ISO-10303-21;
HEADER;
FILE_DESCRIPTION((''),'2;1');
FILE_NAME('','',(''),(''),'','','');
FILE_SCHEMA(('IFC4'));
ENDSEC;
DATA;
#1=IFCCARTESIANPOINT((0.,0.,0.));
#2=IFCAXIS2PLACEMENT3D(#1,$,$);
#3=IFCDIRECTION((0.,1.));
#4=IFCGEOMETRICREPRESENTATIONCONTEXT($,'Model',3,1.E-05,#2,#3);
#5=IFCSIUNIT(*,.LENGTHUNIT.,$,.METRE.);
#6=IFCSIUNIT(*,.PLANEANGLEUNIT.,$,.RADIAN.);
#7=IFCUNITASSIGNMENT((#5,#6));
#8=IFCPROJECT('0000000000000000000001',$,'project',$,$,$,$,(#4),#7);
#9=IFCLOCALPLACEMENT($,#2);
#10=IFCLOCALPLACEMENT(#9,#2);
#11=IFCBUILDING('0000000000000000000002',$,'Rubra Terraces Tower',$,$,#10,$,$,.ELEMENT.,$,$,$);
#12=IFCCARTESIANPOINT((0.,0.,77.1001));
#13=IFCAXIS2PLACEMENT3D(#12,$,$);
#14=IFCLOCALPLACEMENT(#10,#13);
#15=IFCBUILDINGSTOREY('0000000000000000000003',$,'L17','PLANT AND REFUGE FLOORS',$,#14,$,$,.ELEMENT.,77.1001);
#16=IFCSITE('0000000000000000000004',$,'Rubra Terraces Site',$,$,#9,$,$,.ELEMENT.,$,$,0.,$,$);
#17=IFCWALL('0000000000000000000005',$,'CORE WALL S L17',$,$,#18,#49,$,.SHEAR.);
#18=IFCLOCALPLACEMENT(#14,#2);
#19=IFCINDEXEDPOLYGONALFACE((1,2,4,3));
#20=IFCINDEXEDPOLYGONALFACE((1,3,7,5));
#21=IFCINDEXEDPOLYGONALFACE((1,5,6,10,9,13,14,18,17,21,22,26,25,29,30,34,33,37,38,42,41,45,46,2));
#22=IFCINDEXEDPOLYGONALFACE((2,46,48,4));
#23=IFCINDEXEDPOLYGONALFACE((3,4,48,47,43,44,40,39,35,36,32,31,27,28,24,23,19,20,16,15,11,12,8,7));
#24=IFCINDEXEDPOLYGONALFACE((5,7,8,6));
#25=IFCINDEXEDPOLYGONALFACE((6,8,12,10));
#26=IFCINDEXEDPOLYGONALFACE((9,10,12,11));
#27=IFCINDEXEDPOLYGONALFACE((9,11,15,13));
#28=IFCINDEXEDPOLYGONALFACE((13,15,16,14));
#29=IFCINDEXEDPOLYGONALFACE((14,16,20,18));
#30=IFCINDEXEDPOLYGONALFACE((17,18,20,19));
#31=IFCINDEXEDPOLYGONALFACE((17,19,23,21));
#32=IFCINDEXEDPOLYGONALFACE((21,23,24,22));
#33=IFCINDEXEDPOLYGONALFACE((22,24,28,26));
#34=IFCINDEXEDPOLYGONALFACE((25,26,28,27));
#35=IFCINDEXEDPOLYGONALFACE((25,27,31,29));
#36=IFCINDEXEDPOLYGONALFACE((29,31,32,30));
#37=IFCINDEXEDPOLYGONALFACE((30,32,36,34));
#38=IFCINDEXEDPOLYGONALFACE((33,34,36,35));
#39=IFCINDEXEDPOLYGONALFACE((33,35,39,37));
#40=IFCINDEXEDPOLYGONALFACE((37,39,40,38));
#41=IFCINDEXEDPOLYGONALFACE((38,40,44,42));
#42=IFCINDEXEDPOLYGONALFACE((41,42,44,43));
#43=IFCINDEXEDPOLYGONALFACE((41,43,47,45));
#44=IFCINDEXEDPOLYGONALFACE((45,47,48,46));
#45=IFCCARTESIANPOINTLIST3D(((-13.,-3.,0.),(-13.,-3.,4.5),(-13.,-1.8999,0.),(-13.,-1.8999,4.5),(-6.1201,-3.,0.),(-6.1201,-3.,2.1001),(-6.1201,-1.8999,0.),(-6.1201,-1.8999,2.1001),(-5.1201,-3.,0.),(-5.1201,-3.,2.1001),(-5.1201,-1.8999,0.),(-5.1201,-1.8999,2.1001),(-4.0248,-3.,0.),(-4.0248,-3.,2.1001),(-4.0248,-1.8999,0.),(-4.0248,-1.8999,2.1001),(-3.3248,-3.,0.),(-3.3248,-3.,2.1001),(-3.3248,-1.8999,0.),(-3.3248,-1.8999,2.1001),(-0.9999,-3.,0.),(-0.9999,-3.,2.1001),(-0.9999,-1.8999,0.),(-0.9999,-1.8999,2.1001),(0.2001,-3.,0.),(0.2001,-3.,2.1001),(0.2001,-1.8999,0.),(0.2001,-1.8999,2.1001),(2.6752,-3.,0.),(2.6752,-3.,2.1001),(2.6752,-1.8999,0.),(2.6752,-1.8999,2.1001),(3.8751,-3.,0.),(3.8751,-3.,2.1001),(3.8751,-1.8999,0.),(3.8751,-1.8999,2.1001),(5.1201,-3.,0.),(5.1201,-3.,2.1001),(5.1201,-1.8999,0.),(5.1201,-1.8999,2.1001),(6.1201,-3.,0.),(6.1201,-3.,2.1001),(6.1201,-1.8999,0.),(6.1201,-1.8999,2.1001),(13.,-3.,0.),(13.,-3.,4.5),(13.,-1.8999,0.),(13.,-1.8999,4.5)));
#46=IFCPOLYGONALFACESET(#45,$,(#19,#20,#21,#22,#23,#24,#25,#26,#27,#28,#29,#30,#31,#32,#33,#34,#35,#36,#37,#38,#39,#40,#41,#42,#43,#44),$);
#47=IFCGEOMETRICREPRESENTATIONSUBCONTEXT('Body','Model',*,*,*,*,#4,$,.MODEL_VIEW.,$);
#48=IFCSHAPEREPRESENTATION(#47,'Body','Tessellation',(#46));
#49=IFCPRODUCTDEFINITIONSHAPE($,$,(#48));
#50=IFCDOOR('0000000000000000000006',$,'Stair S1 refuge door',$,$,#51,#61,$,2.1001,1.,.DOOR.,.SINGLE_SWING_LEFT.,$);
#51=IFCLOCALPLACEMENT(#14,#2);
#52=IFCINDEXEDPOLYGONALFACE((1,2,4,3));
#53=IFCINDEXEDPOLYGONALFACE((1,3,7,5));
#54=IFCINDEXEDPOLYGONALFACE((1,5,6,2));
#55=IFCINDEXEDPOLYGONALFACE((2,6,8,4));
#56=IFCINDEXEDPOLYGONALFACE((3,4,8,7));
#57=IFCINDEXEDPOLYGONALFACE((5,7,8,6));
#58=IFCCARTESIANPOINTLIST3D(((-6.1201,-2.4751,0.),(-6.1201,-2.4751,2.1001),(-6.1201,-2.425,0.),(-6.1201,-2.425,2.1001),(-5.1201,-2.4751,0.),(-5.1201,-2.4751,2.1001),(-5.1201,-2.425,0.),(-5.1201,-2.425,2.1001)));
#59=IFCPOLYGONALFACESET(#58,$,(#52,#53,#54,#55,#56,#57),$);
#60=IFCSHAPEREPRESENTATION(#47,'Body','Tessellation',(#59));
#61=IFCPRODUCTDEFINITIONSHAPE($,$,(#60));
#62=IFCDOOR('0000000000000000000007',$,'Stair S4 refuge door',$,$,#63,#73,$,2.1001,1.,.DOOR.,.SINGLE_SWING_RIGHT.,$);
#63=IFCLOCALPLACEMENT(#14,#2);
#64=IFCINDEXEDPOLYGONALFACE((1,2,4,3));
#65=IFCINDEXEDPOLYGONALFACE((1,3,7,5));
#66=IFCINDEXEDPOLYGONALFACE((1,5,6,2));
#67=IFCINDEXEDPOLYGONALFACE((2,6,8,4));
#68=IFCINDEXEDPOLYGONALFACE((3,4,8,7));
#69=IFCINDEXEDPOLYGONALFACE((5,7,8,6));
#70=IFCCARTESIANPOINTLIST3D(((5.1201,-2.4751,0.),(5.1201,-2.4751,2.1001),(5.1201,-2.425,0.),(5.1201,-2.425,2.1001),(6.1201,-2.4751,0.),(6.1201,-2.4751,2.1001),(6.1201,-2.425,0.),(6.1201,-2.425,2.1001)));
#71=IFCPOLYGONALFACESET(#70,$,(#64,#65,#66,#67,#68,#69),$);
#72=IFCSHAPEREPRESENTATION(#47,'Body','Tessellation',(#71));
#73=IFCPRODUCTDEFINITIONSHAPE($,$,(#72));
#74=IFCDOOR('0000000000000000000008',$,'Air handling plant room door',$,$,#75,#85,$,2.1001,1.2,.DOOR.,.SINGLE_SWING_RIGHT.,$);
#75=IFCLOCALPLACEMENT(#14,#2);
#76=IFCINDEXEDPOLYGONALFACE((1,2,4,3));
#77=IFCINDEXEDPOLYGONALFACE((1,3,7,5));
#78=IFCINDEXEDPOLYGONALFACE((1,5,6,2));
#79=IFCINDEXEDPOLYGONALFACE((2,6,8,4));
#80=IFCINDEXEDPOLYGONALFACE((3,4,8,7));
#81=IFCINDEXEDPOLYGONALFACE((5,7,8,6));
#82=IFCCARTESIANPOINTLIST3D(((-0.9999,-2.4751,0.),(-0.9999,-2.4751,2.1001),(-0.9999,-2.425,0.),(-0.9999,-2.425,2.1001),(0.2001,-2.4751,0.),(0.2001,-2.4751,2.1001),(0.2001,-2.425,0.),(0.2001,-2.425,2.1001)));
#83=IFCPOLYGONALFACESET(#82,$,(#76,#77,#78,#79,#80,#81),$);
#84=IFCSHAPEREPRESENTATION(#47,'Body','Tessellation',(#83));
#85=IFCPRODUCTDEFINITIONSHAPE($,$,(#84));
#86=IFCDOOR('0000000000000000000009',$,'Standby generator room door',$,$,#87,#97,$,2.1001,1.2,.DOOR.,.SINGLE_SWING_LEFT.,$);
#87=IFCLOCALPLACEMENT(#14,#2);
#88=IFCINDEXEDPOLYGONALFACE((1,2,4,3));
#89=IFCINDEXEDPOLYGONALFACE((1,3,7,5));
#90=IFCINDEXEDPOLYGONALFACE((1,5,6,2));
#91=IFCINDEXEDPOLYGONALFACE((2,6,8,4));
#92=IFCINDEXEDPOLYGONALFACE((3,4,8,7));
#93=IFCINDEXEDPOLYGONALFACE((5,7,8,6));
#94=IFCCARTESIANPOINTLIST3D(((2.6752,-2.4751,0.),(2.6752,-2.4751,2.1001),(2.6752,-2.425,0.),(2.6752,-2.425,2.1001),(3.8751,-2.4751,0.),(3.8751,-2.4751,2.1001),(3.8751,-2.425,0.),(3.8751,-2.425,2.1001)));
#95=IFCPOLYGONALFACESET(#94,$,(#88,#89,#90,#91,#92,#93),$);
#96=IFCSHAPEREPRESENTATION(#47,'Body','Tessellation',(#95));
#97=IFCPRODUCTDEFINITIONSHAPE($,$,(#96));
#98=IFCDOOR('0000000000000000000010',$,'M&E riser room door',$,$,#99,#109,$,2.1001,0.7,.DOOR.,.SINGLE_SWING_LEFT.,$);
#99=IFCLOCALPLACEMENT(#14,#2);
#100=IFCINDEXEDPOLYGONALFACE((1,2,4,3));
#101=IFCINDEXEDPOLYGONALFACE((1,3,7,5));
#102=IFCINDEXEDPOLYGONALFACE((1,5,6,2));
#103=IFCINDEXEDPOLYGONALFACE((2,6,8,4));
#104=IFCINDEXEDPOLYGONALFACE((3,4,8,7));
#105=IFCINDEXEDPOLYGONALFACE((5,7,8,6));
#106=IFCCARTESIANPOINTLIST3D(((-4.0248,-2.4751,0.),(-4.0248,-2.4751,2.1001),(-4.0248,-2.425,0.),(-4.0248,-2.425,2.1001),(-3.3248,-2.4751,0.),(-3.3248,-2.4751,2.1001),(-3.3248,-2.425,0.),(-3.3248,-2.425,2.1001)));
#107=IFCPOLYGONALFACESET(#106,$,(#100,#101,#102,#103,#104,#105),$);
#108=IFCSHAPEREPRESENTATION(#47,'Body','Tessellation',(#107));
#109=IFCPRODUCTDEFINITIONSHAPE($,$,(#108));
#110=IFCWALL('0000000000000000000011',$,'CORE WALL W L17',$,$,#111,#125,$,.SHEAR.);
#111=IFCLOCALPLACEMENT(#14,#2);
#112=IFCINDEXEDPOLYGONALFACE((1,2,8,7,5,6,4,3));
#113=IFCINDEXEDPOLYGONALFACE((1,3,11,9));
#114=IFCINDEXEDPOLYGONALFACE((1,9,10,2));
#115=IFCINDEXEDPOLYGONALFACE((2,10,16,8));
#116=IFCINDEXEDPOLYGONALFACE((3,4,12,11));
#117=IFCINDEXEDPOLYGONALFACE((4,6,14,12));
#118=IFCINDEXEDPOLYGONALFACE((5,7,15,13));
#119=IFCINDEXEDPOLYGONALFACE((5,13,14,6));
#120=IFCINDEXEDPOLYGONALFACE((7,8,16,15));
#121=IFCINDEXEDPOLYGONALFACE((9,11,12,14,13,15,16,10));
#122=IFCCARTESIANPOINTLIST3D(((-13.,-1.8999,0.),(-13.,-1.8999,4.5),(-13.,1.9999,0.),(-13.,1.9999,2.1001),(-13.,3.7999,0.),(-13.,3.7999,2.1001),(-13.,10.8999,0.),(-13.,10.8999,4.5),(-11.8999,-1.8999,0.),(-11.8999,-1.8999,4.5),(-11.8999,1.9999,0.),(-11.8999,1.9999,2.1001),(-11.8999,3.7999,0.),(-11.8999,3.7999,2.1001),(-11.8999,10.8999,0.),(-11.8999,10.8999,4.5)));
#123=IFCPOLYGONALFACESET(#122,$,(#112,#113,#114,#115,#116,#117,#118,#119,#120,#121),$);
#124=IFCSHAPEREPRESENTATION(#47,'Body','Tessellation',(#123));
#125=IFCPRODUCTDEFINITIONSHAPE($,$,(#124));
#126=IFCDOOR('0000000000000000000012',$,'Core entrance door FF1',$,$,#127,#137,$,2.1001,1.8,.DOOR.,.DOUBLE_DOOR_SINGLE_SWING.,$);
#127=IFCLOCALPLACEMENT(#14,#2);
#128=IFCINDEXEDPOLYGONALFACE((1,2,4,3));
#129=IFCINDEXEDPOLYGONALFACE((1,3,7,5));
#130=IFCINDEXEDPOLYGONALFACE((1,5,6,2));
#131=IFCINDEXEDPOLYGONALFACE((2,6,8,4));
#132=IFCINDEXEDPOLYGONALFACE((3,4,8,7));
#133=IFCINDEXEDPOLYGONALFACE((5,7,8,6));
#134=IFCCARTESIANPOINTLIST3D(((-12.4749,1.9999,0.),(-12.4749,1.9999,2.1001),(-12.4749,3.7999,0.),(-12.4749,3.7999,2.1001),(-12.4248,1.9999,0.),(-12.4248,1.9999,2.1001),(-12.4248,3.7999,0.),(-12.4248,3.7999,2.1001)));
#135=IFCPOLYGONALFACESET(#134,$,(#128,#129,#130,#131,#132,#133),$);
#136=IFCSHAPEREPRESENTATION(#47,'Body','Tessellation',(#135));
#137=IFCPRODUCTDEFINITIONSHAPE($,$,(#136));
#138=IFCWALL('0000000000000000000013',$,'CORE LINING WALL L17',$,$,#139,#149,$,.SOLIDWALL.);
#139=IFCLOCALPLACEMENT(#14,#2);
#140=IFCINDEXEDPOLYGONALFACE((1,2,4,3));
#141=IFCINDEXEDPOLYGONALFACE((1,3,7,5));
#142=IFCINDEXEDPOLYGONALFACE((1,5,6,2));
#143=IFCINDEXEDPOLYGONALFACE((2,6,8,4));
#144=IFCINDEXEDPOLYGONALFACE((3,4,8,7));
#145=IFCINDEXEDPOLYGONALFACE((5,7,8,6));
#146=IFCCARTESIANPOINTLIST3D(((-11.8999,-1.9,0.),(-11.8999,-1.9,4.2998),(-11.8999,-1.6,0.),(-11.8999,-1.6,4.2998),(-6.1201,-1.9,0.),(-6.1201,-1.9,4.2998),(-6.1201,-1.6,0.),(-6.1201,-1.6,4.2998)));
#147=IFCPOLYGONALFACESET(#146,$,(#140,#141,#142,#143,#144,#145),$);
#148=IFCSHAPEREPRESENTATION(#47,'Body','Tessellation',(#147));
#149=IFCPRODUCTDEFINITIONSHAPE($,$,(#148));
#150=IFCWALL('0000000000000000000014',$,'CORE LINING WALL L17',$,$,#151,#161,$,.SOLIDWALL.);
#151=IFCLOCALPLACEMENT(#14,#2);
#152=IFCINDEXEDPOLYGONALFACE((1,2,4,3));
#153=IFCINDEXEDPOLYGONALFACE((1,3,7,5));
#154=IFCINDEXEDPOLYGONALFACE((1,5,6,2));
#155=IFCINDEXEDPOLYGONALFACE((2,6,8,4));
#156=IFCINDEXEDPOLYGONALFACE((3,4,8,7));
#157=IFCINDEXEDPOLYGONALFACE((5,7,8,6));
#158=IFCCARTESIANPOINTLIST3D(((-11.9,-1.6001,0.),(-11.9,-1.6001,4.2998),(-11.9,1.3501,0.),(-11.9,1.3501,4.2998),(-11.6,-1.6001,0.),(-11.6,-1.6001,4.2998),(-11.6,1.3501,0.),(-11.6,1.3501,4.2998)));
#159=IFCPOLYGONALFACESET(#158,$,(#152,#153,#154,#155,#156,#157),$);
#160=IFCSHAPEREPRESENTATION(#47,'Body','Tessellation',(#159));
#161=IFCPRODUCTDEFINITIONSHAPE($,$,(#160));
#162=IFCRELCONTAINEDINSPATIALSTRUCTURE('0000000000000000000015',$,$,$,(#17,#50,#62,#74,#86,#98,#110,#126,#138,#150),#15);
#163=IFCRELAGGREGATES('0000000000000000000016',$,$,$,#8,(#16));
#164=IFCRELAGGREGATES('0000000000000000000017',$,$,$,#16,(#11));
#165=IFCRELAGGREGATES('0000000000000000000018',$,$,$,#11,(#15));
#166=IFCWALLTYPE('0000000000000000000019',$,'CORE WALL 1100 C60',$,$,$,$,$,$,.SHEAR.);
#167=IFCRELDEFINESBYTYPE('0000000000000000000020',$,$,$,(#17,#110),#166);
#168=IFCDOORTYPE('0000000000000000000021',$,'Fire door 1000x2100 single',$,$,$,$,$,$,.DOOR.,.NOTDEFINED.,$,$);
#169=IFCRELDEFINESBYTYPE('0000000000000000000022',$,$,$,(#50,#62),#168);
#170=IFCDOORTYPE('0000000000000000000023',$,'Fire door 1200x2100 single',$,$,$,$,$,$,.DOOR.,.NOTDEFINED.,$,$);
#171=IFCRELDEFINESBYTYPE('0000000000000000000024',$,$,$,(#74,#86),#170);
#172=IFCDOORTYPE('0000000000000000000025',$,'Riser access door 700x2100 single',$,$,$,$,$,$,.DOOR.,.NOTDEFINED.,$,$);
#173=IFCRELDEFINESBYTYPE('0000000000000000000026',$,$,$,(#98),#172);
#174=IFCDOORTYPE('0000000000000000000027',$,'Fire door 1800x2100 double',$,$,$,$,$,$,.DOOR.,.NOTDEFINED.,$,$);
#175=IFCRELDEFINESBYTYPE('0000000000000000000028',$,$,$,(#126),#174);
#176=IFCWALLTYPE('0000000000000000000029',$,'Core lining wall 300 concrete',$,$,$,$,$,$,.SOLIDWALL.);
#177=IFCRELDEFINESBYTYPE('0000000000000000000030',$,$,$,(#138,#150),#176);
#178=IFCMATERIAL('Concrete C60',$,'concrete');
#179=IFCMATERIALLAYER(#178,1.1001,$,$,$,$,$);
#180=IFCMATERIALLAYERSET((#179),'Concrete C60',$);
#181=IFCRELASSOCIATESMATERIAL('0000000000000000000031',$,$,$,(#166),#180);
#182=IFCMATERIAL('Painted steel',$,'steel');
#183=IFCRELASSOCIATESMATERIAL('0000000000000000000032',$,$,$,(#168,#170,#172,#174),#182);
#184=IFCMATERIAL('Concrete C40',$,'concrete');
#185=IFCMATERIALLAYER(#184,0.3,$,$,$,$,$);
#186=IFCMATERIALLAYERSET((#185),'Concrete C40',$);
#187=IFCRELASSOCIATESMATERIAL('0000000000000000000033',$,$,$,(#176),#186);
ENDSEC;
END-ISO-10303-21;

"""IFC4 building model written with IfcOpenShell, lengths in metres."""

from ifc_helpers import new_model, si_unit, direction, frame, frame_2d, origin, place, context, subcontext, project, spatial, rectangle, extrude, material, layer, layer_set, type_object, element, fill, save


model = new_model("IFC4")

# Units and contexts
model_context = context("Model", 3, precision=1e-05, world=origin(), true_north=direction((0.0, 1.0)))
body_context = subcontext(model_context, "Body", "Model", "MODEL_VIEW")
ifc_project = project(units=[si_unit("LENGTHUNIT", "METRE"), si_unit("PLANEANGLEUNIT", "RADIAN")], contexts=[model_context])

# Site, building, storey
site_placement = place(None, origin())
site = spatial("IfcSite", under=ifc_project, at=site_placement, Name="Rubra Terraces Site", CompositionType="ELEMENT", RefElevation=0.0)
building_placement = place(site_placement, origin())
building = spatial("IfcBuilding", under=site, at=building_placement, Name="Rubra Terraces Tower", CompositionType="ELEMENT")
storey_placement = place(building_placement, frame((0.0, 0.0, 77.1001)))
storey = spatial("IfcBuildingStorey", under=building, at=storey_placement, Name="L17", Description="PLANT AND REFUGE FLOORS", CompositionType="ELEMENT", Elevation=77.1001)

# Shared definitions
ifc_material_1 = material(Name="Concrete C40", Category="concrete")

# Wall, openings, doors
ifc_material_2 = material(Name="Concrete C60", Category="concrete")
ifc_layer_1 = layer(ifc_material_2, 1.1001)
ifc_layer_set_1 = layer_set([ifc_layer_1], Name="Concrete C60")
wall_type_1 = type_object("IfcWallType", Name="CORE WALL 1100 C60", PredefinedType="SHEAR", material=ifc_layer_set_1)
wall_1_placement = place(storey_placement, frame((-13.0, -2.45, 0.0), z_axis=(0.0, 0.0, 1.0), x_axis=(1.0, 0.0, 0.0)))
wall_1 = element("IfcWall", 1, at=wall_1_placement, inside=storey, type_object=wall_type_1, Name="CORE WALL S L17", PredefinedType="SHEAR", context=body_context, shape_type="SweptSolid", body=[
    extrude(rectangle(XDim=26.0, YDim=1.1001, at=frame_2d((13.0, 0.0))), origin(), (0.0, 0.0, 1.0), 4.5),
])
opening_1_placement = place(wall_1_placement, frame((8.9751, 0.0, 0.0)))
opening_1 = element("IfcOpeningElement", 2, at=opening_1_placement, cuts=wall_1, PredefinedType="OPENING", context=body_context, shape_type="SweptSolid", body=[
    extrude(rectangle(XDim=0.7, YDim=2.1001, at=frame_2d((0.3501, 1.05))), frame((0.0, 0.5601, 0.0), z_axis=(0.0, -1.0, 0.0), x_axis=(1.0, 0.0, 0.0)), (0.0, 0.0, 1.0), 1.1201),
])
opening_2_placement = place(wall_1_placement, frame((12.0, 0.0, 0.0)))
opening_2 = element("IfcOpeningElement", 3, at=opening_2_placement, cuts=wall_1, PredefinedType="OPENING", context=body_context, shape_type="SweptSolid", body=[
    extrude(rectangle(XDim=1.2, YDim=2.1001, at=frame_2d((0.6001, 1.05))), frame((0.0, 0.5601, 0.0), z_axis=(0.0, -1.0, 0.0), x_axis=(1.0, 0.0, 0.0)), (0.0, 0.0, 1.0), 1.1201),
])
opening_3_placement = place(wall_1_placement, frame((15.675, 0.0, 0.0)))
opening_3 = element("IfcOpeningElement", 4, at=opening_3_placement, cuts=wall_1, PredefinedType="OPENING", context=body_context, shape_type="SweptSolid", body=[
    extrude(rectangle(XDim=1.2, YDim=2.1001, at=frame_2d((0.6001, 1.05))), frame((0.0, 0.5601, 0.0), z_axis=(0.0, -1.0, 0.0), x_axis=(1.0, 0.0, 0.0)), (0.0, 0.0, 1.0), 1.1201),
])
opening_4_placement = place(wall_1_placement, frame((6.8799, 0.0, 0.0)))
opening_4 = element("IfcOpeningElement", 5, at=opening_4_placement, cuts=wall_1, PredefinedType="OPENING", context=body_context, shape_type="SweptSolid", body=[
    extrude(rectangle(XDim=1.0, YDim=2.1001, at=frame_2d((0.5, 1.05))), frame((0.0, 0.5601, 0.0), z_axis=(0.0, -1.0, 0.0), x_axis=(1.0, 0.0, 0.0)), (0.0, 0.0, 1.0), 1.1201),
])
opening_5_placement = place(wall_1_placement, frame((18.1201, 0.0, 0.0)))
opening_5 = element("IfcOpeningElement", 6, at=opening_5_placement, cuts=wall_1, PredefinedType="OPENING", context=body_context, shape_type="SweptSolid", body=[
    extrude(rectangle(XDim=1.0, YDim=2.1001, at=frame_2d((0.5, 1.05))), frame((0.0, 0.5601, 0.0), z_axis=(0.0, -1.0, 0.0), x_axis=(1.0, 0.0, 0.0)), (0.0, 0.0, 1.0), 1.1201),
])
ifc_material_3 = material(Name="Painted steel", Category="steel")
door_type_1 = type_object("IfcDoorType", Name="Fire door 1000x2100 single", OperationType="NOTDEFINED", PredefinedType="DOOR", material=ifc_material_3)
door_1_placement = place(opening_4_placement, origin())
door_1 = element("IfcDoor", 7, at=door_1_placement, inside=storey, type_object=door_type_1, Name="Stair S1 refuge door", OperationType="SINGLE_SWING_LEFT", OverallHeight=2.1001, OverallWidth=1.0, PredefinedType="DOOR", context=body_context, shape_type="SweptSolid", body=[
    extrude(rectangle(XDim=1.0, YDim=2.1001, at=frame_2d((0.5, 1.05))), frame((0.0, 0.0249, 0.0), z_axis=(0.0, -1.0, 0.0), x_axis=(1.0, 0.0, 0.0)), (0.0, 0.0, 1.0), 0.05),
])
fill(opening_4, door_1)
door_2_placement = place(opening_5_placement, origin())
door_2 = element("IfcDoor", 8, at=door_2_placement, inside=storey, type_object=door_type_1, Name="Stair S4 refuge door", OperationType="SINGLE_SWING_RIGHT", OverallHeight=2.1001, OverallWidth=1.0, PredefinedType="DOOR", context=body_context, shape_type="SweptSolid", body=[
    extrude(rectangle(XDim=1.0, YDim=2.1001, at=frame_2d((0.5, 1.05))), frame((0.0, 0.0249, 0.0), z_axis=(0.0, -1.0, 0.0), x_axis=(1.0, 0.0, 0.0)), (0.0, 0.0, 1.0), 0.05),
])
fill(opening_5, door_2)
door_type_2 = type_object("IfcDoorType", Name="Fire door 1200x2100 single", OperationType="NOTDEFINED", PredefinedType="DOOR", material=ifc_material_3)
door_3_placement = place(opening_2_placement, origin())
door_3 = element("IfcDoor", 9, at=door_3_placement, inside=storey, type_object=door_type_2, Name="Air handling plant room door", OperationType="SINGLE_SWING_RIGHT", OverallHeight=2.1001, OverallWidth=1.2, PredefinedType="DOOR", context=body_context, shape_type="SweptSolid", body=[
    extrude(rectangle(XDim=1.2, YDim=2.1001, at=frame_2d((0.6001, 1.05))), frame((0.0, 0.0249, 0.0), z_axis=(0.0, -1.0, 0.0), x_axis=(1.0, 0.0, 0.0)), (0.0, 0.0, 1.0), 0.05),
])
fill(opening_2, door_3)
door_4_placement = place(opening_3_placement, origin())
door_4 = element("IfcDoor", 10, at=door_4_placement, inside=storey, type_object=door_type_2, Name="Standby generator room door", OperationType="SINGLE_SWING_LEFT", OverallHeight=2.1001, OverallWidth=1.2, PredefinedType="DOOR", context=body_context, shape_type="SweptSolid", body=[
    extrude(rectangle(XDim=1.2, YDim=2.1001, at=frame_2d((0.6001, 1.05))), frame((0.0, 0.0249, 0.0), z_axis=(0.0, -1.0, 0.0), x_axis=(1.0, 0.0, 0.0)), (0.0, 0.0, 1.0), 0.05),
])
fill(opening_3, door_4)
door_type_3 = type_object("IfcDoorType", Name="Riser access door 700x2100 single", OperationType="NOTDEFINED", PredefinedType="DOOR", material=ifc_material_3)
door_5_placement = place(opening_1_placement, origin())
door_5 = element("IfcDoor", 11, at=door_5_placement, inside=storey, type_object=door_type_3, Name="M&E riser room door", OperationType="SINGLE_SWING_LEFT", OverallHeight=2.1001, OverallWidth=0.7, PredefinedType="DOOR", context=body_context, shape_type="SweptSolid", body=[
    extrude(rectangle(XDim=0.7, YDim=2.1001, at=frame_2d((0.3501, 1.05))), frame((0.0, 0.0249, 0.0), z_axis=(0.0, -1.0, 0.0), x_axis=(1.0, 0.0, 0.0)), (0.0, 0.0, 1.0), 0.05),
])
fill(opening_1, door_5)

# Wall, opening, door
wall_2_placement = place(storey_placement, frame((-12.45, -1.8999, 0.0), z_axis=(0.0, 0.0, 1.0), x_axis=(0.0, 1.0, 0.0)))
wall_2 = element("IfcWall", 12, at=wall_2_placement, inside=storey, type_object=wall_type_1, Name="CORE WALL W L17", PredefinedType="SHEAR", context=body_context, shape_type="SweptSolid", body=[
    extrude(rectangle(XDim=12.7998, YDim=1.1001, at=frame_2d((6.3999, 0.0))), origin(), (0.0, 0.0, 1.0), 4.5),
])
opening_6_placement = place(wall_2_placement, frame((3.8999, 0.0, 0.0)))
opening_6 = element("IfcOpeningElement", 13, at=opening_6_placement, cuts=wall_2, PredefinedType="OPENING", context=body_context, shape_type="SweptSolid", body=[
    extrude(rectangle(XDim=1.8, YDim=2.1001, at=frame_2d((0.8999, 1.05))), frame((0.0, 0.5601, 0.0), z_axis=(0.0, -1.0, 0.0), x_axis=(1.0, 0.0, 0.0)), (0.0, 0.0, 1.0), 1.1201),
])
door_type_4 = type_object("IfcDoorType", Name="Fire door 1800x2100 double", OperationType="NOTDEFINED", PredefinedType="DOOR", material=ifc_material_3)
door_6_placement = place(opening_6_placement, origin())
door_6 = element("IfcDoor", 14, at=door_6_placement, inside=storey, type_object=door_type_4, Name="Core entrance door FF1", OperationType="DOUBLE_DOOR_SINGLE_SWING", OverallHeight=2.1001, OverallWidth=1.8, PredefinedType="DOOR", context=body_context, shape_type="SweptSolid", body=[
    extrude(rectangle(XDim=1.8, YDim=2.1001, at=frame_2d((0.8999, 1.05))), frame((0.0, 0.0249, 0.0), z_axis=(0.0, -1.0, 0.0), x_axis=(1.0, 0.0, 0.0)), (0.0, 0.0, 1.0), 0.05),
])
fill(opening_6, door_6)

# Walls
ifc_layer_2 = layer(ifc_material_1, 0.3)
ifc_layer_set_2 = layer_set([ifc_layer_2], Name="Concrete C40")
wall_type_2 = type_object("IfcWallType", Name="Core lining wall 300 concrete", PredefinedType="SOLIDWALL", material=ifc_layer_set_2)
wall_3_placement = place(storey_placement, frame((-11.8999, -1.75, 0.0), z_axis=(0.0, 0.0, 1.0), x_axis=(1.0, 0.0, 0.0)))
element("IfcWall", 15, at=wall_3_placement, inside=storey, type_object=wall_type_2, Name="CORE LINING WALL L17", PredefinedType="SOLIDWALL", context=body_context, shape_type="SweptSolid", body=[
    extrude(rectangle(XDim=5.7798, YDim=0.3, at=frame_2d((2.8899, 0.0))), origin(), (0.0, 0.0, 1.0), 4.2998),
])
wall_4_placement = place(storey_placement, frame((-11.75, -1.6001, 0.0), z_axis=(0.0, 0.0, 1.0), x_axis=(0.0, 1.0, 0.0)))
element("IfcWall", 16, at=wall_4_placement, inside=storey, type_object=wall_type_2, Name="CORE LINING WALL L17", PredefinedType="SOLIDWALL", context=body_context, shape_type="SweptSolid", body=[
    extrude(rectangle(XDim=2.9502, YDim=0.3, at=frame_2d((1.4751, 0.0))), origin(), (0.0, 0.0, 1.0), 4.2998),
])

save(model, "model.ifc")
